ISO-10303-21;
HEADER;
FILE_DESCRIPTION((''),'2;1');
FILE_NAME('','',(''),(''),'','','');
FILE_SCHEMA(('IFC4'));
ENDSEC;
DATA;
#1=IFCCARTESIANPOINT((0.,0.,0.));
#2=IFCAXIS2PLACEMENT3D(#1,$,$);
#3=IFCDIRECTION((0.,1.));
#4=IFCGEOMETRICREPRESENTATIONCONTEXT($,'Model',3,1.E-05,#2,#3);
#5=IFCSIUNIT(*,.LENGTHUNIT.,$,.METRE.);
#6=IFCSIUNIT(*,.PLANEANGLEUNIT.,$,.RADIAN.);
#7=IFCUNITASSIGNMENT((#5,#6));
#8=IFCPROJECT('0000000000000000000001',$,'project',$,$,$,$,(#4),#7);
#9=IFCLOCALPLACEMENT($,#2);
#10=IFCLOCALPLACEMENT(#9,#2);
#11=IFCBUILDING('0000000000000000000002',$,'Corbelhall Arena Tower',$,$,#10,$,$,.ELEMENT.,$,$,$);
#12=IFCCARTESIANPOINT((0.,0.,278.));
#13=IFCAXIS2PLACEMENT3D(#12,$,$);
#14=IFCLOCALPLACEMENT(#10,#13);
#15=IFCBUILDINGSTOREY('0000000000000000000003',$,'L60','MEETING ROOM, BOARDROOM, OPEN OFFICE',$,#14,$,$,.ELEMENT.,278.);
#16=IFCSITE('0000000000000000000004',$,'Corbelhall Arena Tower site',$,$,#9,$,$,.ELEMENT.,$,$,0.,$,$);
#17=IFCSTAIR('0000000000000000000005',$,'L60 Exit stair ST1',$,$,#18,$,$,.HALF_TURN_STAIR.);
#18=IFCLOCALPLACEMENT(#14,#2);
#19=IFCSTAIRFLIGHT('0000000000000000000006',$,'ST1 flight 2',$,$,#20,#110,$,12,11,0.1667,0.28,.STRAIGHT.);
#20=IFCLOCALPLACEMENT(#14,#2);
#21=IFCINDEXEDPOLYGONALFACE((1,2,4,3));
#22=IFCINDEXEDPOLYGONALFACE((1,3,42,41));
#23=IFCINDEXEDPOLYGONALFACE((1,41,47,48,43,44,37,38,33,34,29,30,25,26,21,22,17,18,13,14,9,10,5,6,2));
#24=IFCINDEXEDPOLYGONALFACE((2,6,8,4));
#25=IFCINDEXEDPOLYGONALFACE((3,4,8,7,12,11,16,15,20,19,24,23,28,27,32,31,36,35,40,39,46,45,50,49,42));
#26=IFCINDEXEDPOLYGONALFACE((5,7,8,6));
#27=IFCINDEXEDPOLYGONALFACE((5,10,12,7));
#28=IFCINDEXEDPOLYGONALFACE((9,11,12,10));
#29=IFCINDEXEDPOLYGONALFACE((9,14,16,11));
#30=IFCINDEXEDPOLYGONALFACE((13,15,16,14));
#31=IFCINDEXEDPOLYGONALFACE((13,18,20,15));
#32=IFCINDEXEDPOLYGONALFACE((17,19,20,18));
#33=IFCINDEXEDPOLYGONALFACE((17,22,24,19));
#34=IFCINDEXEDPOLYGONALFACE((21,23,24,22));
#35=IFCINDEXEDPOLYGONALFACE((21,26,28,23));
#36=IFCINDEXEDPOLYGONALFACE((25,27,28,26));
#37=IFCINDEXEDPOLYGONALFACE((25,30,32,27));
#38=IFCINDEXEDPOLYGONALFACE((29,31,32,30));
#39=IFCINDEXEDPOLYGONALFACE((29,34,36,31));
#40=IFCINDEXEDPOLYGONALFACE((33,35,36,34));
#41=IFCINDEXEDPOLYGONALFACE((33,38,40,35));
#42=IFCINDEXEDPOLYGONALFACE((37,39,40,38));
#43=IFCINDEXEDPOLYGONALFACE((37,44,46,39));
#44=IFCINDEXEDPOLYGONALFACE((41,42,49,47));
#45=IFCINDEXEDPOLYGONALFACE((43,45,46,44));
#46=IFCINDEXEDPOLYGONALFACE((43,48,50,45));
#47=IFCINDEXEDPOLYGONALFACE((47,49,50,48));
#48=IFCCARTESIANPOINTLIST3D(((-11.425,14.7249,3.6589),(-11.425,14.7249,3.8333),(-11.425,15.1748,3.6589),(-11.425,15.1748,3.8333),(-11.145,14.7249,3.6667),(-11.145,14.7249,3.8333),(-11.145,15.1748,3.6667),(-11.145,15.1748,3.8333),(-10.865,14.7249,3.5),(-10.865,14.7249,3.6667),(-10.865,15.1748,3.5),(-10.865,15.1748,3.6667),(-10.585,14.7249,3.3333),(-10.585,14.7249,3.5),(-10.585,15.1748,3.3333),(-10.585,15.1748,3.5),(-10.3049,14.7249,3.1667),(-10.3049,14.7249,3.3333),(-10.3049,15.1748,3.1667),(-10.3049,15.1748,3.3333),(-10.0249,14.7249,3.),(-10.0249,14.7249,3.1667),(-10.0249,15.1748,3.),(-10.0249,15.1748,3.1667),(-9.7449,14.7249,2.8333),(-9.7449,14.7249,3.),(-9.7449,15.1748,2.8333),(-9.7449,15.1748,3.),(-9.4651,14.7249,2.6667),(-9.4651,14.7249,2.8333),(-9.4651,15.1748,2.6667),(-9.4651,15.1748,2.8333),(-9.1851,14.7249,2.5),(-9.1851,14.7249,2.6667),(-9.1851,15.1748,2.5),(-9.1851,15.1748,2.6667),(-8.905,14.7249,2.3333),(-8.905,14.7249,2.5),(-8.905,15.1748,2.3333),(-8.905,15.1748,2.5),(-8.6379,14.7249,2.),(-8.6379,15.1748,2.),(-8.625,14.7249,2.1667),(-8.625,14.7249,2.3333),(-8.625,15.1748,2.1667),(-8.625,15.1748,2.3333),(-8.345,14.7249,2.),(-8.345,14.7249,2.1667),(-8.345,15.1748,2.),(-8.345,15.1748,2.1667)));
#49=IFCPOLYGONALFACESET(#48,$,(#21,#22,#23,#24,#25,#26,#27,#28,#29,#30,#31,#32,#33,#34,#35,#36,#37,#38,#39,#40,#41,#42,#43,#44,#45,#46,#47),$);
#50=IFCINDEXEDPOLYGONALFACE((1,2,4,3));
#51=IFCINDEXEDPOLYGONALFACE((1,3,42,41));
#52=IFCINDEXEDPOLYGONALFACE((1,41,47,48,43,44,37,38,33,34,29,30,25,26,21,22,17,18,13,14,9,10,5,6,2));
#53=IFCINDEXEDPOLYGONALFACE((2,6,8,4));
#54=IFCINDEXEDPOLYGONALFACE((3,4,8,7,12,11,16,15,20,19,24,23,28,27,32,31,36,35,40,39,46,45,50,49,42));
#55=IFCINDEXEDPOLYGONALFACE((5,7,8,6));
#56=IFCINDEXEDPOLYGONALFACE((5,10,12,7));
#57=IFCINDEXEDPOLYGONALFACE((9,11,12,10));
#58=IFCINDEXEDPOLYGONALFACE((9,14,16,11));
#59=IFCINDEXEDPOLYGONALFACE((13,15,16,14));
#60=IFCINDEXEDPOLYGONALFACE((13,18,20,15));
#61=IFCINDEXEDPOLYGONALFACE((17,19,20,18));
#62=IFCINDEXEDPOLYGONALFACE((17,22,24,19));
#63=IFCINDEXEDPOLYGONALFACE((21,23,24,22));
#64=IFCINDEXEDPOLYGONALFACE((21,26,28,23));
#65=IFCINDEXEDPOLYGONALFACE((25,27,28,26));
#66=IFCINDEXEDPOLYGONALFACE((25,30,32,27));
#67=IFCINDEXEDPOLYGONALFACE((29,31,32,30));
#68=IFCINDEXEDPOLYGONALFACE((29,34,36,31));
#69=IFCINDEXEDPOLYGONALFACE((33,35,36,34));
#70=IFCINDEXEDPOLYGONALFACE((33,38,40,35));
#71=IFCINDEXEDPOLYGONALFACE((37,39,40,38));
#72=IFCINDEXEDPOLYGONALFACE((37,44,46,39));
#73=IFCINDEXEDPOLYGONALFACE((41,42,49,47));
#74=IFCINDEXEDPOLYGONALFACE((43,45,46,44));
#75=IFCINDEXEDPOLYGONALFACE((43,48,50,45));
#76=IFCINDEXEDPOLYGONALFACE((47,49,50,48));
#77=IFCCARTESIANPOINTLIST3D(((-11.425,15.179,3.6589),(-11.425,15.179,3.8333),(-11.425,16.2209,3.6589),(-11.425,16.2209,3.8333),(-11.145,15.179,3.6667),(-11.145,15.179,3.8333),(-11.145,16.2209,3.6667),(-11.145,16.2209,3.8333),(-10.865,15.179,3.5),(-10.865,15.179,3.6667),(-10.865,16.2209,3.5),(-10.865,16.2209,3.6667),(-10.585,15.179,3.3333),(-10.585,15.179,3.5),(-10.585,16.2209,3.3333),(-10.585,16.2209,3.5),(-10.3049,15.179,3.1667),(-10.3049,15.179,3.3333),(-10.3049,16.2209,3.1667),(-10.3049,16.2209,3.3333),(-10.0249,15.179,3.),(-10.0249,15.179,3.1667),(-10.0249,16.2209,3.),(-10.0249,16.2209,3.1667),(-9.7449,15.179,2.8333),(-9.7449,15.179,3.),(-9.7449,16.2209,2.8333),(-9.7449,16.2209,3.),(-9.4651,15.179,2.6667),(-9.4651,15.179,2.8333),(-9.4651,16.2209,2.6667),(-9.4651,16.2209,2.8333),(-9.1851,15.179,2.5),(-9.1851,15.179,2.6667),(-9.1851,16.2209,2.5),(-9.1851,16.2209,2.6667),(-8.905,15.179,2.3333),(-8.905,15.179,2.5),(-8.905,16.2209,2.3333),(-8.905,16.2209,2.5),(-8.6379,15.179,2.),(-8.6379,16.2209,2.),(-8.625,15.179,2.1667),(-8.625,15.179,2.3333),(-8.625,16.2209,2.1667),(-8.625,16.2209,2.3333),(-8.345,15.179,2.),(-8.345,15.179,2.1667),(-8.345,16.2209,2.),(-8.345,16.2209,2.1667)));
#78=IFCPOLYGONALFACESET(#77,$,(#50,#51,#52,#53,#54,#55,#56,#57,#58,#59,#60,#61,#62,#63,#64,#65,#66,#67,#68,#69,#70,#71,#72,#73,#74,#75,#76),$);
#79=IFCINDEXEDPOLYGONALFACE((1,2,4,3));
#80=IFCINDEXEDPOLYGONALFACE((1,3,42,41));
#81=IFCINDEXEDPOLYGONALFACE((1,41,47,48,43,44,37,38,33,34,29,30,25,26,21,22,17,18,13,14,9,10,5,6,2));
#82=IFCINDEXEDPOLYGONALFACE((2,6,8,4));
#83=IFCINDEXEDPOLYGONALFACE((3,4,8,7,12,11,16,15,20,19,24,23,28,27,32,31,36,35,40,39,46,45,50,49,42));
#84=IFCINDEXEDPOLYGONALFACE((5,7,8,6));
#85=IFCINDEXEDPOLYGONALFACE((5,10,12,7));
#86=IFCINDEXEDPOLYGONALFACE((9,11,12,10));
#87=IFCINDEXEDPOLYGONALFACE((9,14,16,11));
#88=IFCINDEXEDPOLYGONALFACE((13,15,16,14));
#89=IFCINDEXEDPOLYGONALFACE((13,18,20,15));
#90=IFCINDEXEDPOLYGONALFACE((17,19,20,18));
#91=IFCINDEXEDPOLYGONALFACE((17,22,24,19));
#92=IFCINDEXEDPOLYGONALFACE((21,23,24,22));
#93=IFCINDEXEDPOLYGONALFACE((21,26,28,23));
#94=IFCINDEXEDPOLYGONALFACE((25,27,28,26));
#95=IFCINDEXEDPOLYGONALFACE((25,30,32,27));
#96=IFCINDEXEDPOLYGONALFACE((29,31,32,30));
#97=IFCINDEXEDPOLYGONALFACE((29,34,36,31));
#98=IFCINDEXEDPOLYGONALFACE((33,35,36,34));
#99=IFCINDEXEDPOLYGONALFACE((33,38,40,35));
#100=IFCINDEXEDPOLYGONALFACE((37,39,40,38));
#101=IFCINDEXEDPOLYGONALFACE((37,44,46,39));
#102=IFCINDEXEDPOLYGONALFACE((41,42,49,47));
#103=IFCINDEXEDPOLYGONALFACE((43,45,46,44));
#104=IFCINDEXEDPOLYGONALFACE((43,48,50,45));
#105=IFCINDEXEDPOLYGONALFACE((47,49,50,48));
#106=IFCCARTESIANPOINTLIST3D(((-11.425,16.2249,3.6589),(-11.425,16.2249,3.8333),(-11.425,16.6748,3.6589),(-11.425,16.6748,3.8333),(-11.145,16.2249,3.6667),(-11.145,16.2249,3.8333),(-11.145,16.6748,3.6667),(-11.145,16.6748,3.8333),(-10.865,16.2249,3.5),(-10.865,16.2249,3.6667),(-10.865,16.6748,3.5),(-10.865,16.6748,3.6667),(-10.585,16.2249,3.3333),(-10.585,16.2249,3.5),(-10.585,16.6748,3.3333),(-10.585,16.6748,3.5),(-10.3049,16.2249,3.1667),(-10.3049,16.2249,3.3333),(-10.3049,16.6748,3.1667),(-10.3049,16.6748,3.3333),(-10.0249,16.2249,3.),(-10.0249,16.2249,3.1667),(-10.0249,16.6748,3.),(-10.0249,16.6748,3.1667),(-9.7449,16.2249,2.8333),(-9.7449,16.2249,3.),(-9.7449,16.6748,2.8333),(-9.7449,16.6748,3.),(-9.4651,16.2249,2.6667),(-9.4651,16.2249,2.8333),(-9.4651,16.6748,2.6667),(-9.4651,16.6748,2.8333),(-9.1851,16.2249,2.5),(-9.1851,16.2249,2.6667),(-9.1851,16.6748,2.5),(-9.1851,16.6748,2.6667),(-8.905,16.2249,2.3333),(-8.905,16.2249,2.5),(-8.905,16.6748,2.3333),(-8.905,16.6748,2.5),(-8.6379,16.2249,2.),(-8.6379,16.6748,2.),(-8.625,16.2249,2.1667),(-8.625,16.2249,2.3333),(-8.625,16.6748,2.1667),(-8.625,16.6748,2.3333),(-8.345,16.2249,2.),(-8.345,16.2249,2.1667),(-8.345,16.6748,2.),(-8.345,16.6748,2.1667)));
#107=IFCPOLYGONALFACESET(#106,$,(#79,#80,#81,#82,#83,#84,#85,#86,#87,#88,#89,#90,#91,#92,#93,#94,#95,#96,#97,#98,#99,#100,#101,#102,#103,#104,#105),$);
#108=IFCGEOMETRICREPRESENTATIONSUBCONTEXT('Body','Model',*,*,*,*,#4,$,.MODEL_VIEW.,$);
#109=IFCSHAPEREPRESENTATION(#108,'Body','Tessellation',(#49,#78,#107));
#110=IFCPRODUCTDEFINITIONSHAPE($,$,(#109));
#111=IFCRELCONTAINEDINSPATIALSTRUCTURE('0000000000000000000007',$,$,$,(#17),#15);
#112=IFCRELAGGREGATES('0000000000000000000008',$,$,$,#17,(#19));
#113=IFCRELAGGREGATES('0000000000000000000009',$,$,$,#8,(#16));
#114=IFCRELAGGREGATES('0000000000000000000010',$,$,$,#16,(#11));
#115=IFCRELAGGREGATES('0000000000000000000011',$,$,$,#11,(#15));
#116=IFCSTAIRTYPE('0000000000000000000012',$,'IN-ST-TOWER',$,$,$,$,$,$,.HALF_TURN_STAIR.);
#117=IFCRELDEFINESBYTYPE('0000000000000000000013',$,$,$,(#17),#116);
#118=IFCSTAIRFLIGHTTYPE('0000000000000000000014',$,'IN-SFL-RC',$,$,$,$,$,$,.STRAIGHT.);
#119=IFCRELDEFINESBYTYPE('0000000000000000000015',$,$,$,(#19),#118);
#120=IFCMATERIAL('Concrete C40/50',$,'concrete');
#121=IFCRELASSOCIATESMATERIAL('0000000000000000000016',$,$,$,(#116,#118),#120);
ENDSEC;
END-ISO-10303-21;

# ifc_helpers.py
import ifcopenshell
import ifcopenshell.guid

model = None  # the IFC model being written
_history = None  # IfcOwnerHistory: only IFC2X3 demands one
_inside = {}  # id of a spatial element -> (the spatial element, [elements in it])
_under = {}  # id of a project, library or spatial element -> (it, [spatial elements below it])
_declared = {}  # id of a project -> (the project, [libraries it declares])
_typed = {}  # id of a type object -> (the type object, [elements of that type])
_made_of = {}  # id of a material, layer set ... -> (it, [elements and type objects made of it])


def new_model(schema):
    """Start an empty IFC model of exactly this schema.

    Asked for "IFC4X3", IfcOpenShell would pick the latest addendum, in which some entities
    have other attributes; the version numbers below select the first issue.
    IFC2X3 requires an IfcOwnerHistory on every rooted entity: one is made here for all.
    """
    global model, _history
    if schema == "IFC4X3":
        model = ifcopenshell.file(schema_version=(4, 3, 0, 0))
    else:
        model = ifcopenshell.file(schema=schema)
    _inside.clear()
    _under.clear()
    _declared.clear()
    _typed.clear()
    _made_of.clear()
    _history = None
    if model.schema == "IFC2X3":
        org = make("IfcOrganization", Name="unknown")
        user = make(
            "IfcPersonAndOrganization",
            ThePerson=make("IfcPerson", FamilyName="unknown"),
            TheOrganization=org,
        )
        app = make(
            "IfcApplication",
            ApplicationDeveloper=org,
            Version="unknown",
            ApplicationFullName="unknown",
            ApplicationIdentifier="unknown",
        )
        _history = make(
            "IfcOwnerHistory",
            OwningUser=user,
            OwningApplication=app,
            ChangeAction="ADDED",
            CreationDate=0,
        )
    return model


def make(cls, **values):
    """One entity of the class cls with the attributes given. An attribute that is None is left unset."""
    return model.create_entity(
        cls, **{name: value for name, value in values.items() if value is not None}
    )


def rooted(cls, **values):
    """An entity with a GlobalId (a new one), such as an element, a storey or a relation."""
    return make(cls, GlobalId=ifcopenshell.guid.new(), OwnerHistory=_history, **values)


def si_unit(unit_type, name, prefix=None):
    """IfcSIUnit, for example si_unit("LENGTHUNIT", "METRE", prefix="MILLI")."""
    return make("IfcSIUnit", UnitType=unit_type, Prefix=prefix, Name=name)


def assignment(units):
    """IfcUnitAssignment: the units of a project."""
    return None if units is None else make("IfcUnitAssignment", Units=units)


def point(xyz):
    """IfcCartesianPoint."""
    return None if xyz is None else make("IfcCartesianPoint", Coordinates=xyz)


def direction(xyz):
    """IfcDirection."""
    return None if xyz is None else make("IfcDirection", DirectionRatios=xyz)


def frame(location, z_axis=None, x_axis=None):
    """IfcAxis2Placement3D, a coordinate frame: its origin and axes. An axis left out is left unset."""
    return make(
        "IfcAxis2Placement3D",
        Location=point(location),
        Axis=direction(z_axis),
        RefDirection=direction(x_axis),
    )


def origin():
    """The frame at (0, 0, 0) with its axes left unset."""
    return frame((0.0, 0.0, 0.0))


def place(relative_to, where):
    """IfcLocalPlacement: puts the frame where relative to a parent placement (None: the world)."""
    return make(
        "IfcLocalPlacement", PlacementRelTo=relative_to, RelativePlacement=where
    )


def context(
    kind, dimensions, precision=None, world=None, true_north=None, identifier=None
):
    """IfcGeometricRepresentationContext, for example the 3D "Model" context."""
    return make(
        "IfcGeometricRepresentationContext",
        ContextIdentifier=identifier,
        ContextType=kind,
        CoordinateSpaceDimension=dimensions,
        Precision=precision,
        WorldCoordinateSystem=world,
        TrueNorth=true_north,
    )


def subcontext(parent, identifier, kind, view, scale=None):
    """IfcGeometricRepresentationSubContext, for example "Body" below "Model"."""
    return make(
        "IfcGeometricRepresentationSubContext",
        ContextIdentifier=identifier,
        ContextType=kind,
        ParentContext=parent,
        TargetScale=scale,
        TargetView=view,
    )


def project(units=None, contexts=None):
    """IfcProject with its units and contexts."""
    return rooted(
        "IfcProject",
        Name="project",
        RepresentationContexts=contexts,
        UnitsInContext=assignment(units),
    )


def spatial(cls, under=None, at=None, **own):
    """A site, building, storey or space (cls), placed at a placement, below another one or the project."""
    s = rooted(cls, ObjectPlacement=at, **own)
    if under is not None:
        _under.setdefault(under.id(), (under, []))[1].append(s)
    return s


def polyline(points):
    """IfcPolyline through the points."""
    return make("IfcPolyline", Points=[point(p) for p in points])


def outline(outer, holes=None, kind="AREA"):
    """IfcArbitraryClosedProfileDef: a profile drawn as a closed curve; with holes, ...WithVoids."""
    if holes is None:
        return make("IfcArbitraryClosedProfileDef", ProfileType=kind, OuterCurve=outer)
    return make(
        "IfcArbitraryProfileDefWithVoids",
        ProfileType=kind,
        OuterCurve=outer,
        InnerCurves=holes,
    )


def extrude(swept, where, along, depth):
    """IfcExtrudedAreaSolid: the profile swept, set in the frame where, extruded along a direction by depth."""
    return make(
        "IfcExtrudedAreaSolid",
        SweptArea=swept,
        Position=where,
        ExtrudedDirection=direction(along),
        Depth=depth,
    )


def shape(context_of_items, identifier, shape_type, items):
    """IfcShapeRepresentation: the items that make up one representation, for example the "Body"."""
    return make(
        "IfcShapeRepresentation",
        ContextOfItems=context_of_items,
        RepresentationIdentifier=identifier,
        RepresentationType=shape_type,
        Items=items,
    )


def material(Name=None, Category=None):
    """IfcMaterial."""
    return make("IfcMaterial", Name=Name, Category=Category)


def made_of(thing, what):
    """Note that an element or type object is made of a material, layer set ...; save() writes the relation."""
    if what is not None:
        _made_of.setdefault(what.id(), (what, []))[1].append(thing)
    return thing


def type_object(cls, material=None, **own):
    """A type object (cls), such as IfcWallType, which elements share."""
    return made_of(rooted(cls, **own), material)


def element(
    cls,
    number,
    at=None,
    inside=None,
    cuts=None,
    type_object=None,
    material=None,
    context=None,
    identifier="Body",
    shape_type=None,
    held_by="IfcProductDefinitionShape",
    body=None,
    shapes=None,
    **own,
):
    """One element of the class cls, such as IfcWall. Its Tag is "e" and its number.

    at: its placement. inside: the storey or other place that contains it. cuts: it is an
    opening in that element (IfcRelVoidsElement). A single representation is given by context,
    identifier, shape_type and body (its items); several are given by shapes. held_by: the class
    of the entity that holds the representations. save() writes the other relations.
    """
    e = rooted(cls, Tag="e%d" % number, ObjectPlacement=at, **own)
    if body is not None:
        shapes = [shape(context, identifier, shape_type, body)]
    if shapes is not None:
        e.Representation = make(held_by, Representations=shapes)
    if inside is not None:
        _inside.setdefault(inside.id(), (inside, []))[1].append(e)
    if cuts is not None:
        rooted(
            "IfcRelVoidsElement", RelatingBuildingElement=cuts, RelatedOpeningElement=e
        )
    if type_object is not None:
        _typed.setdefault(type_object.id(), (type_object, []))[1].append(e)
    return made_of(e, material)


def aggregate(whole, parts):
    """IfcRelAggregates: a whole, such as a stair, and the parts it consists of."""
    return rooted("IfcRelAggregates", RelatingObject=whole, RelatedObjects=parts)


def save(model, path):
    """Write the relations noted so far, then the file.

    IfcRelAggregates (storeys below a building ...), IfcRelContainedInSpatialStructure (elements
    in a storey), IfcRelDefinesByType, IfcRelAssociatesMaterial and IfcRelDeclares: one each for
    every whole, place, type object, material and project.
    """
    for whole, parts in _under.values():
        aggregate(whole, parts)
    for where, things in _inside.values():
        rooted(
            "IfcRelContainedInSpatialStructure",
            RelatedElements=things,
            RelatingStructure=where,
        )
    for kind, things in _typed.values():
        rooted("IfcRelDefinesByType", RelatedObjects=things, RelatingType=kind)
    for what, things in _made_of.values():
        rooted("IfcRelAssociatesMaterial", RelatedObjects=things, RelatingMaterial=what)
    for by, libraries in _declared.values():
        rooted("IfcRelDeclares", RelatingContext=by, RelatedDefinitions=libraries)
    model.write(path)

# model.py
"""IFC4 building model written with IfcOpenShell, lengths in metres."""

from ifc_helpers import new_model, si_unit, direction, frame, origin, place, context, subcontext, project, spatial, polyline, outline, extrude, material, type_object, element, aggregate, save


model = new_model("IFC4")

# Units and contexts
model_context = context("Model", 3, precision=1e-05, world=origin(), true_north=direction((0.0, 1.0)))
body_context = subcontext(model_context, "Body", "Model", "MODEL_VIEW")
ifc_project = project(units=[si_unit("LENGTHUNIT", "METRE"), si_unit("PLANEANGLEUNIT", "RADIAN")], contexts=[model_context])

# Site, building, storey
site_placement = place(None, origin())
site = spatial("IfcSite", under=ifc_project, at=site_placement, Name="Corbelhall Arena Tower site", CompositionType="ELEMENT", RefElevation=0.0)
building_placement = place(site_placement, origin())
building = spatial("IfcBuilding", under=site, at=building_placement, Name="Corbelhall Arena Tower", CompositionType="ELEMENT")
storey_placement = place(building_placement, frame((0.0, 0.0, 278.0)))
storey = spatial("IfcBuildingStorey", under=building, at=storey_placement, Name="L60", Description="MEETING ROOM, BOARDROOM, OPEN OFFICE", CompositionType="ELEMENT", Elevation=278.0)

# Shared definitions
ifc_material_1 = material(Name="Concrete C40/50", Category="concrete")

# Stair, stair flight
stair_type = type_object("IfcStairType", Name="IN-ST-TOWER", PredefinedType="HALF_TURN_STAIR", material=ifc_material_1)
stair_placement = place(storey_placement, origin())
stair = element("IfcStair", 1, at=stair_placement, inside=storey, type_object=stair_type, Name="L60 Exit stair ST1", PredefinedType="HALF_TURN_STAIR")
stair_flight_type = type_object("IfcStairFlightType", Name="IN-SFL-RC", PredefinedType="STRAIGHT", material=ifc_material_1)
stair_flight_1_placement = place(storey_placement, frame((-8.345, 15.7, 2.0), z_axis=(0.0, 0.0, 1.0), x_axis=(-1.0, 0.0, 0.0)))
stair_flight_1 = element("IfcStairFlight", 2, at=stair_flight_1_placement, type_object=stair_flight_type, Name="ST1 flight 2", NumberOfRisers=12, NumberOfTreads=11, PredefinedType="STRAIGHT", RiserHeight=0.1667, TreadLength=0.28, context=body_context, shape_type="SweptSolid", body=[
    extrude(outline(polyline([(0.0, 0.0), (0.0, 0.1667), (0.28, 0.1667), (0.28, 0.3333), (0.5601, 0.3333), (0.5601, 0.5), (0.8401, 0.5), (0.8401, 0.6667), (1.1201, 0.6667), (1.1201, 0.8333), (1.3999, 0.8333), (1.3999, 1.0), (1.6799, 1.0), (1.6799, 1.1667), (1.96, 1.1667), (1.96, 1.3333), (2.24, 1.3333), (2.24, 1.5), (2.52, 1.5), (2.52, 1.6667), (2.8, 1.6667), (2.8, 1.8333), (3.0801, 1.8333), (3.0801, 2.0), (3.0801, 1.6589), (0.293, 0.0), (0.0, 0.0)])), frame((0.0, 0.9751, 0.0), z_axis=(0.0, -1.0, 0.0), x_axis=(1.0, 0.0, 0.0)), (0.0, 0.0, 1.0), 0.45),
    extrude(outline(polyline([(0.0, 0.0), (0.0, 0.1667), (0.28, 0.1667), (0.28, 0.3333), (0.5601, 0.3333), (0.5601, 0.5), (0.8401, 0.5), (0.8401, 0.6667), (1.1201, 0.6667), (1.1201, 0.8333), (1.3999, 0.8333), (1.3999, 1.0), (1.6799, 1.0), (1.6799, 1.1667), (1.96, 1.1667), (1.96, 1.3333), (2.24, 1.3333), (2.24, 1.5), (2.52, 1.5), (2.52, 1.6667), (2.8, 1.6667), (2.8, 1.8333), (3.0801, 1.8333), (3.0801, 2.0), (3.0801, 1.6589), (0.293, 0.0), (0.0, 0.0)])), frame((0.0, 0.521, 0.0), z_axis=(0.0, -1.0, 0.0), x_axis=(1.0, 0.0, 0.0)), (0.0, 0.0, 1.0), 1.042),
    extrude(outline(polyline([(0.0, 0.0), (0.0, 0.1667), (0.28, 0.1667), (0.28, 0.3333), (0.5601, 0.3333), (0.5601, 0.5), (0.8401, 0.5), (0.8401, 0.6667), (1.1201, 0.6667), (1.1201, 0.8333), (1.3999, 0.8333), (1.3999, 1.0), (1.6799, 1.0), (1.6799, 1.1667), (1.96, 1.1667), (1.96, 1.3333), (2.24, 1.3333), (2.24, 1.5), (2.52, 1.5), (2.52, 1.6667), (2.8, 1.6667), (2.8, 1.8333), (3.0801, 1.8333), (3.0801, 2.0), (3.0801, 1.6589), (0.293, 0.0), (0.0, 0.0)])), frame((0.0, -0.5249, 0.0), z_axis=(0.0, -1.0, 0.0), x_axis=(1.0, 0.0, 0.0)), (0.0, 0.0, 1.0), 0.45),
])
aggregate(stair, [stair_flight_1])

save(model, "model.ifc")
